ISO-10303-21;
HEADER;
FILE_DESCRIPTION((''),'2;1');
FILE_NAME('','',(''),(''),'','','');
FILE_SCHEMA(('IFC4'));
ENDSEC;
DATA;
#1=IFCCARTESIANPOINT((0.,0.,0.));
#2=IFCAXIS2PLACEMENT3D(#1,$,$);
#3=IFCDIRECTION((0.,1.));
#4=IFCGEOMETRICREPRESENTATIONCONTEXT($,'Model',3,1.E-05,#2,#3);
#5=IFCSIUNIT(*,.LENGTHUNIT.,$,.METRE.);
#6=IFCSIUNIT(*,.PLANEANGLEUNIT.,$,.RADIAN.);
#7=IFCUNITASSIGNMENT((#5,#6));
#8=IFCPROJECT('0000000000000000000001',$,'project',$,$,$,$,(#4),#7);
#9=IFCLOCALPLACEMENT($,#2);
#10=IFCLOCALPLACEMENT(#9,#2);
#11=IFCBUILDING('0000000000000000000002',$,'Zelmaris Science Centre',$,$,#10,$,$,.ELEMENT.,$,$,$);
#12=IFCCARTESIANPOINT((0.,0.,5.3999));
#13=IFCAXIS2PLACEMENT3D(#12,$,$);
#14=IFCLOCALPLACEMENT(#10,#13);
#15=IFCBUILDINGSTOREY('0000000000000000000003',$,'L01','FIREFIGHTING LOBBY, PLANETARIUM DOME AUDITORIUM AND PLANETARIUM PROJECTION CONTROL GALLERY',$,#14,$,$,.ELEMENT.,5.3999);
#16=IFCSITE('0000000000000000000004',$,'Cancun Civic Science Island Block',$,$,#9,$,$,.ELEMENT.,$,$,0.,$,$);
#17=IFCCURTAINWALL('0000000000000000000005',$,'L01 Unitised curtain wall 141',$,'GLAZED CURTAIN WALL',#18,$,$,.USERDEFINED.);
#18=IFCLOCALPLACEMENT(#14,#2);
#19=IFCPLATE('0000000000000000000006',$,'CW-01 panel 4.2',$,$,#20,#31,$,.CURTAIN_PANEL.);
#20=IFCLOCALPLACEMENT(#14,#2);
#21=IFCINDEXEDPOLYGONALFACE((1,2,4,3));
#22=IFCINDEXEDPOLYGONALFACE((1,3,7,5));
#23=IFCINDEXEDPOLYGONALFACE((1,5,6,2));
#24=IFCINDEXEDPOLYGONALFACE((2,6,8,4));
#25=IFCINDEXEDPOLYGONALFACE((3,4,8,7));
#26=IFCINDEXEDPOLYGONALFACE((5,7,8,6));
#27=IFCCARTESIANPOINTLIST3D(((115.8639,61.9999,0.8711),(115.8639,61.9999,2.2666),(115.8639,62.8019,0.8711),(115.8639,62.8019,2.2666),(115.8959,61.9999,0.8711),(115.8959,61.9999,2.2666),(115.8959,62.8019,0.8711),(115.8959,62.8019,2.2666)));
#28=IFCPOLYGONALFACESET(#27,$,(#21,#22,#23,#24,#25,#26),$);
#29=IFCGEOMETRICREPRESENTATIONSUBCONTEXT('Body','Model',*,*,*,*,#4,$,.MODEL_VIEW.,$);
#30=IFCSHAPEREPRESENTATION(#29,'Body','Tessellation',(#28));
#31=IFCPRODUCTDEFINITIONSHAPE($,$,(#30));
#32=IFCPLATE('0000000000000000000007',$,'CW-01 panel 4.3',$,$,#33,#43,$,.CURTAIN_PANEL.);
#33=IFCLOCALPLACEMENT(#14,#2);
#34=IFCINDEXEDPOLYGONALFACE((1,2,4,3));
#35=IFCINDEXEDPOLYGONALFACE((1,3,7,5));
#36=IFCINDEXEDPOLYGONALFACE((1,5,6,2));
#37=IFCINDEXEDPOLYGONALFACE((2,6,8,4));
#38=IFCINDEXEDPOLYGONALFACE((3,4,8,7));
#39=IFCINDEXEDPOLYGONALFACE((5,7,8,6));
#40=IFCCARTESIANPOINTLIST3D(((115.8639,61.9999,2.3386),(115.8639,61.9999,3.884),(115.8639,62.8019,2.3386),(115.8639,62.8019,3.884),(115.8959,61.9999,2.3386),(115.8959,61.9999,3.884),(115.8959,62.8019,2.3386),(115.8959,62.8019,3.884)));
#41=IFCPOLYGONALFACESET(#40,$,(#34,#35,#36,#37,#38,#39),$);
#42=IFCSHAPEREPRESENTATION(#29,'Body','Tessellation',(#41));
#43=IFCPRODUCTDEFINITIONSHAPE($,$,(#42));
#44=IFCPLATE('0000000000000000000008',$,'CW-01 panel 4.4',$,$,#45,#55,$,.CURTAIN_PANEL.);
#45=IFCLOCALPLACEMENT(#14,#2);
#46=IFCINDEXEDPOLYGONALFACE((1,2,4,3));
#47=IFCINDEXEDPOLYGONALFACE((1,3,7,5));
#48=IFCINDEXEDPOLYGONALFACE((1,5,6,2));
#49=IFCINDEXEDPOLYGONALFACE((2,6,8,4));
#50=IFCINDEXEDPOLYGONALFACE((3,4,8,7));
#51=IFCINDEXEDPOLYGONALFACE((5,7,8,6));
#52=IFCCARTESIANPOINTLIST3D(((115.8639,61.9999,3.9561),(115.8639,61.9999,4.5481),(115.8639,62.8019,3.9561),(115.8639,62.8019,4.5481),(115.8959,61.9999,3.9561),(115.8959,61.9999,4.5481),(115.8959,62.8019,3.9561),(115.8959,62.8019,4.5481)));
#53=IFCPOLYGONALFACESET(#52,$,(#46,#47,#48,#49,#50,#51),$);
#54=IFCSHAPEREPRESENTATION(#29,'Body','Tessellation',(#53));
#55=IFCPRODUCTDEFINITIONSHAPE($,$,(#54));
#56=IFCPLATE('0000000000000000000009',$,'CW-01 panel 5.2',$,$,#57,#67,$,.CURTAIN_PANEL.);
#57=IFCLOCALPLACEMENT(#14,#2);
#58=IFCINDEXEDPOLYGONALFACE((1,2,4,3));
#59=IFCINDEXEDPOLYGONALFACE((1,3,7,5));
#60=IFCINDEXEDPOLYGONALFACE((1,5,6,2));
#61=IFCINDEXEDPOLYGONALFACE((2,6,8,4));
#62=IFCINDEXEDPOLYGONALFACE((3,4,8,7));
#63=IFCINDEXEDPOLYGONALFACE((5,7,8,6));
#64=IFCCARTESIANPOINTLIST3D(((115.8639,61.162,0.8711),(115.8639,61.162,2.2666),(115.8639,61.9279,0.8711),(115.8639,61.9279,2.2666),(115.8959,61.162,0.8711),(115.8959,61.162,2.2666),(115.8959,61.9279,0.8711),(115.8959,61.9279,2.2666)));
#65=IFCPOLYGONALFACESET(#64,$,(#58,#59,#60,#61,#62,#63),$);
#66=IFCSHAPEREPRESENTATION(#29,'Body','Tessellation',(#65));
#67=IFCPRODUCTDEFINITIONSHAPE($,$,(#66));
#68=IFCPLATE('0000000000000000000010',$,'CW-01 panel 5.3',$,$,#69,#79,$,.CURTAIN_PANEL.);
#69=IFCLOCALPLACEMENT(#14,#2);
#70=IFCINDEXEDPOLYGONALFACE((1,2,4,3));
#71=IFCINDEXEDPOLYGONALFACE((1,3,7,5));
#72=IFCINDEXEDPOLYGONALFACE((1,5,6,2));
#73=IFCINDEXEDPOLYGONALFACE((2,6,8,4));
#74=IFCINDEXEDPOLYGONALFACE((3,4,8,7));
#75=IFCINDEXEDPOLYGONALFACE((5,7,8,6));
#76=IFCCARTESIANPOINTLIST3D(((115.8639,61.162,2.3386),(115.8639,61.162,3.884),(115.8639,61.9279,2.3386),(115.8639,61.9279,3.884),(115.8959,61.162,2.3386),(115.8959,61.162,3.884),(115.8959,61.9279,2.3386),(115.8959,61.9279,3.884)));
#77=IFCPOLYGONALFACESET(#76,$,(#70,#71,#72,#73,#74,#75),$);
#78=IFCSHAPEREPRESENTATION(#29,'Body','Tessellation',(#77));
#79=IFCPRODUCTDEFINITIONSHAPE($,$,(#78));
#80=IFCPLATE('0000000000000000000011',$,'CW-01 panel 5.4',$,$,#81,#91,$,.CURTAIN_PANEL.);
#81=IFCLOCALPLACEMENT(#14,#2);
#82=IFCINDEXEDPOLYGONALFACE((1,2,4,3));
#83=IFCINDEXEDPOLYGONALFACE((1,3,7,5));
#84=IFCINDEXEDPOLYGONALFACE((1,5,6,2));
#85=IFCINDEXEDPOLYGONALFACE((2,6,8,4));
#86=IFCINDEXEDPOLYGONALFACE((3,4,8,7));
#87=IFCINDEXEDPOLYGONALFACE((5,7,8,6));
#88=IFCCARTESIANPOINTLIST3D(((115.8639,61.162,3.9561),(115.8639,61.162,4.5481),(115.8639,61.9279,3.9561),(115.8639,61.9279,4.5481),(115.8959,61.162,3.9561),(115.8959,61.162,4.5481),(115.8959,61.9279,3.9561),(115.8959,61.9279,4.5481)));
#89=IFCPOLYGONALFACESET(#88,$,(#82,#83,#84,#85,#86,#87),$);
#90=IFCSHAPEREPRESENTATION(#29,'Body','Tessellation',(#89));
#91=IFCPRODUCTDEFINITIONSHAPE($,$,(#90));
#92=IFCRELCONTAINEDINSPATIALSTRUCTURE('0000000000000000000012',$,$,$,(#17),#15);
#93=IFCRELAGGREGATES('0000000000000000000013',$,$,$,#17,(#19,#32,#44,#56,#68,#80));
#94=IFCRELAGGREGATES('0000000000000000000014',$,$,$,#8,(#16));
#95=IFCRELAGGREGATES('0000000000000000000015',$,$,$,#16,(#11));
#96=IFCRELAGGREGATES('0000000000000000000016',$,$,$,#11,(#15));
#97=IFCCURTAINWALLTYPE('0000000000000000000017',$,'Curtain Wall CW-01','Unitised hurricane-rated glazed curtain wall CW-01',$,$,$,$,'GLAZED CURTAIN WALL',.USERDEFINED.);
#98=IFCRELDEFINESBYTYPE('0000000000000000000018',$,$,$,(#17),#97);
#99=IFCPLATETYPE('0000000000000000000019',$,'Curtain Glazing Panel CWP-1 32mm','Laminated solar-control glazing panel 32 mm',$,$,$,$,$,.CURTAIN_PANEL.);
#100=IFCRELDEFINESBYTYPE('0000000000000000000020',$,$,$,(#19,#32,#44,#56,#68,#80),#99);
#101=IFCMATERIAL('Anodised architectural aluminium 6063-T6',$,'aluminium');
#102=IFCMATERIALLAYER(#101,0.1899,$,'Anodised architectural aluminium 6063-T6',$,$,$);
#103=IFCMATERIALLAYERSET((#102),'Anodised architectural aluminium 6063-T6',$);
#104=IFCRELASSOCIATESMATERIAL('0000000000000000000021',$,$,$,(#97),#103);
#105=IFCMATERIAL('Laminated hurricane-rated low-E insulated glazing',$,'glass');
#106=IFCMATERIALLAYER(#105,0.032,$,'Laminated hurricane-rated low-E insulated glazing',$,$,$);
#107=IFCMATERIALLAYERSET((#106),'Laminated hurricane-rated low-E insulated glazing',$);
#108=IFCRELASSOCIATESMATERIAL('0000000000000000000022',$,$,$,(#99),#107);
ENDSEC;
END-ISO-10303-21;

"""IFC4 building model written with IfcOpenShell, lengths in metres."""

from ifc_helpers import new_model, si_unit, direction, frame, origin, origin_2d, place, context, subcontext, project, spatial, rectangle, extrude, material, layer, layer_set, type_object, element, aggregate, save


model = new_model("IFC4")

# Units and contexts
model_context = context("Model", 3, precision=1e-05, world=origin(), true_north=direction((0.0, 1.0)))
body_context = subcontext(model_context, "Body", "Model", "MODEL_VIEW")
ifc_project = project(units=[si_unit("LENGTHUNIT", "METRE"), si_unit("PLANEANGLEUNIT", "RADIAN")], contexts=[model_context])

# Site, building, storey
site_placement = place(None, origin())
site = spatial("IfcSite", under=ifc_project, at=site_placement, Name="Cancun Civic Science Island Block", CompositionType="ELEMENT", RefElevation=0.0)
building_placement = place(site_placement, origin())
building = spatial("IfcBuilding", under=site, at=building_placement, Name="Zelmaris Science Centre", CompositionType="ELEMENT")
storey_placement = place(building_placement, frame((0.0, 0.0, 5.3999)))
storey = spatial("IfcBuildingStorey", under=building, at=storey_placement, Name="L01", Description="FIREFIGHTING LOBBY, PLANETARIUM DOME AUDITORIUM AND PLANETARIUM PROJECTION CONTROL GALLERY", CompositionType="ELEMENT", Elevation=5.3999)

# Curtain wall
ifc_material_1 = material(Name="Anodised architectural aluminium 6063-T6", Category="aluminium")
ifc_layer_1 = layer(ifc_material_1, 0.1899, Name="Anodised architectural aluminium 6063-T6")
ifc_layer_set_1 = layer_set([ifc_layer_1], Name="Anodised architectural aluminium 6063-T6")
curtain_wall_type = type_object("IfcCurtainWallType", Name="Curtain Wall CW-01", Description="Unitised hurricane-rated glazed curtain wall CW-01", ElementType="GLAZED CURTAIN WALL", PredefinedType="USERDEFINED", material=ifc_layer_set_1)
curtain_wall_placement = place(storey_placement, origin())
curtain_wall = element("IfcCurtainWall", 1, at=curtain_wall_placement, inside=storey, type_object=curtain_wall_type, Name="L01 Unitised curtain wall 141", ObjectType="GLAZED CURTAIN WALL", PredefinedType="USERDEFINED")

# Plates
ifc_material_2 = material(Name="Laminated hurricane-rated low-E insulated glazing", Category="glass")
ifc_layer_2 = layer(ifc_material_2, 0.032, Name="Laminated hurricane-rated low-E insulated glazing")
ifc_layer_set_2 = layer_set([ifc_layer_2], Name="Laminated hurricane-rated low-E insulated glazing")
plate_type = type_object("IfcPlateType", Name="Curtain Glazing Panel CWP-1 32mm", Description="Laminated solar-control glazing panel 32 mm", PredefinedType="CURTAIN_PANEL", material=ifc_layer_set_2)
plate_1_placement = place(storey_placement, frame((115.8799, 62.4009, 0.8711), z_axis=(0.0, 0.0, 1.0), x_axis=(0.000023, -1.0, 0.0)))
plate_1 = element("IfcPlate", 2, at=plate_1_placement, type_object=plate_type, Name="CW-01 panel 4.2", PredefinedType="CURTAIN_PANEL", context=body_context, shape_type="SweptSolid", body=[
    extrude(rectangle(XDim=0.802, YDim=0.032, at=origin_2d()), origin(), (0.0, 0.0, 1.0), 1.3955),
])
plate_2_placement = place(storey_placement, frame((115.8799, 62.4009, 2.3386), z_axis=(0.0, 0.0, 1.0), x_axis=(0.000023, -1.0, 0.0)))
plate_2 = element("IfcPlate", 3, at=plate_2_placement, type_object=plate_type, Name="CW-01 panel 4.3", PredefinedType="CURTAIN_PANEL", context=body_context, shape_type="SweptSolid", body=[
    extrude(rectangle(XDim=0.802, YDim=0.032, at=origin_2d()), origin(), (0.0, 0.0, 1.0), 1.5454),
])
plate_3_placement = place(storey_placement, frame((115.8799, 62.4009, 3.9561), z_axis=(0.0, 0.0, 1.0), x_axis=(0.000023, -1.0, 0.0)))
plate_3 = element("IfcPlate", 4, at=plate_3_placement, type_object=plate_type, Name="CW-01 panel 4.4", PredefinedType="CURTAIN_PANEL", context=body_context, shape_type="SweptSolid", body=[
    extrude(rectangle(XDim=0.802, YDim=0.032, at=origin_2d()), origin(), (0.0, 0.0, 1.0), 0.592),
])
plate_4_placement = place(storey_placement, frame((115.8799, 61.5449, 0.8711), z_axis=(0.0, 0.0, 1.0), x_axis=(0.000023, -1.0, 0.0)))
plate_4 = element("IfcPlate", 5, at=plate_4_placement, type_object=plate_type, Name="CW-01 panel 5.2", PredefinedType="CURTAIN_PANEL", context=body_context, shape_type="SweptSolid", body=[
    extrude(rectangle(XDim=0.7659, YDim=0.032, at=origin_2d()), origin(), (0.0, 0.0, 1.0), 1.3955),
])
plate_5_placement = place(storey_placement, frame((115.8799, 61.5449, 2.3386), z_axis=(0.0, 0.0, 1.0), x_axis=(0.000023, -1.0, 0.0)))
plate_5 = element("IfcPlate", 6, at=plate_5_placement, type_object=plate_type, Name="CW-01 panel 5.3", PredefinedType="CURTAIN_PANEL", context=body_context, shape_type="SweptSolid", body=[
    extrude(rectangle(XDim=0.7659, YDim=0.032, at=origin_2d()), origin(), (0.0, 0.0, 1.0), 1.5454),
])
plate_6_placement = place(storey_placement, frame((115.8799, 61.5449, 3.9561), z_axis=(0.0, 0.0, 1.0), x_axis=(0.000023, -1.0, 0.0)))
plate_6 = element("IfcPlate", 7, at=plate_6_placement, type_object=plate_type, Name="CW-01 panel 5.4", PredefinedType="CURTAIN_PANEL", context=body_context, shape_type="SweptSolid", body=[
    extrude(rectangle(XDim=0.7659, YDim=0.032, at=origin_2d()), origin(), (0.0, 0.0, 1.0), 0.592),
])
aggregate(curtain_wall, [plate_1, plate_2, plate_3, plate_4, plate_5, plate_6])

save(model, "model.ifc")
